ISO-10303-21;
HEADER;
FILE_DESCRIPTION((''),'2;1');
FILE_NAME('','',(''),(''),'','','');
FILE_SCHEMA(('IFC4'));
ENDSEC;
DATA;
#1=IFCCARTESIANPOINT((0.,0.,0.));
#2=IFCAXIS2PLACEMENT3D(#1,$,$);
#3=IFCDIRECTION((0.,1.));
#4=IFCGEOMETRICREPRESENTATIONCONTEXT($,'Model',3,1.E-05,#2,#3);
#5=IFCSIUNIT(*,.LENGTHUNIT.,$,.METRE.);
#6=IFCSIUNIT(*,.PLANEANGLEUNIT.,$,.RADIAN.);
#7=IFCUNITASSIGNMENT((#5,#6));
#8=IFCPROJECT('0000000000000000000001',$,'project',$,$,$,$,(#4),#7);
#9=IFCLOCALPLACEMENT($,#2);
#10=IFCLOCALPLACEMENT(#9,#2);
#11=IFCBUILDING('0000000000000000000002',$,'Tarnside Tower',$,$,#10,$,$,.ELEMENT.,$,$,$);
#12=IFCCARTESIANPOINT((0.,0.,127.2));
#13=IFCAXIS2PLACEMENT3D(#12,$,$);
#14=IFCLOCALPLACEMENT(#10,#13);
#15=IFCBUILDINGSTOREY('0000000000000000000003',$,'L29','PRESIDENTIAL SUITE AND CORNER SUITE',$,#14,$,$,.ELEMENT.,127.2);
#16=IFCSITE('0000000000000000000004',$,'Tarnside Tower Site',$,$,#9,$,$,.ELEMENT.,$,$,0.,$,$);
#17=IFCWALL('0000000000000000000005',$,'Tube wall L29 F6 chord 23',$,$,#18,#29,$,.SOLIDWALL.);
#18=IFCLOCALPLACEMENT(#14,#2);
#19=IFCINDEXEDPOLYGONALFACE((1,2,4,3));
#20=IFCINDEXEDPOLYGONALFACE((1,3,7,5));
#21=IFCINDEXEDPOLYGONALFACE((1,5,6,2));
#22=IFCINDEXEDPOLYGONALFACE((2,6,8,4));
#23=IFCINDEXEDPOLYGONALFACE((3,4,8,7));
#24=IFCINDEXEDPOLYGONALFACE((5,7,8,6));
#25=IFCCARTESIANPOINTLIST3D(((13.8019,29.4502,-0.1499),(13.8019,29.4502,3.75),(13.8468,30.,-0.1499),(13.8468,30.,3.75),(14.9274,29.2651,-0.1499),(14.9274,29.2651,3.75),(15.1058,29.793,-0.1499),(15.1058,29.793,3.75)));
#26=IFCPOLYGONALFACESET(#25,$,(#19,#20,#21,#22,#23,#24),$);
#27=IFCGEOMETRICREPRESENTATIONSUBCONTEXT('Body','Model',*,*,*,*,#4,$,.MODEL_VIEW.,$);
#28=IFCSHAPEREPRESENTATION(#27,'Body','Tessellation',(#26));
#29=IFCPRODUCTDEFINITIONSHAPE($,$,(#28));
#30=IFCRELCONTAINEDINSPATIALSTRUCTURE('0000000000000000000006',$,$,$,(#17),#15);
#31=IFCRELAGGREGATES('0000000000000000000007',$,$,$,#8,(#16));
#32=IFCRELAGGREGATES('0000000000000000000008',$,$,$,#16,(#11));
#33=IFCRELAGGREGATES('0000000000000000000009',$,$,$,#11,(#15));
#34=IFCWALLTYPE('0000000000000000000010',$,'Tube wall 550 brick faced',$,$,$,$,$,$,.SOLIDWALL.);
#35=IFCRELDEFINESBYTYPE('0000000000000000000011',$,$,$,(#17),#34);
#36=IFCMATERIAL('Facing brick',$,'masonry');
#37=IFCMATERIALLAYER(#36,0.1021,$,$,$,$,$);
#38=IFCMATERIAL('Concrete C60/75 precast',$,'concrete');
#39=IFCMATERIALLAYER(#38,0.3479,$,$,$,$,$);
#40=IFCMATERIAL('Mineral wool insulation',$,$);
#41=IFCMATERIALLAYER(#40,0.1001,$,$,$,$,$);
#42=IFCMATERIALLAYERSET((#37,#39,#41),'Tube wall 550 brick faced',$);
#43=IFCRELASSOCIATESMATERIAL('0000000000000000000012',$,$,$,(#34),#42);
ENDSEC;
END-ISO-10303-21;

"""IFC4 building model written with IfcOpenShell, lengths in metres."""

from ifc_helpers import new_model, si_unit, direction, frame, origin, place, context, subcontext, project, spatial, polyline, outline, extrude, material, layer, layer_set, type_object, element, save


model = new_model("IFC4")

# Units and contexts
model_context = context("Model", 3, precision=1e-05, world=origin(), true_north=direction((0.0, 1.0)))
body_context = subcontext(model_context, "Body", "Model", "MODEL_VIEW")
ifc_project = project(units=[si_unit("LENGTHUNIT", "METRE"), si_unit("PLANEANGLEUNIT", "RADIAN")], contexts=[model_context])

# Site, building, storey
site_placement = place(None, origin())
site = spatial("IfcSite", under=ifc_project, at=site_placement, Name="Tarnside Tower Site", CompositionType="ELEMENT", RefElevation=0.0)
building_placement = place(site_placement, origin())
building = spatial("IfcBuilding", under=site, at=building_placement, Name="Tarnside Tower", CompositionType="ELEMENT")
storey_placement = place(building_placement, frame((0.0, 0.0, 127.2)))
storey = spatial("IfcBuildingStorey", under=building, at=storey_placement, Name="L29", Description="PRESIDENTIAL SUITE AND CORNER SUITE", CompositionType="ELEMENT", Elevation=127.2)

# Shared definitions
ifc_material_1 = material(Name="Facing brick", Category="masonry")
ifc_layer_1 = layer(ifc_material_1, 0.1021)
ifc_material_2 = material(Name="Concrete C60/75 precast", Category="concrete")
ifc_layer_2 = layer(ifc_material_2, 0.3479)
ifc_material_3 = material(Name="Mineral wool insulation")
ifc_layer_3 = layer(ifc_material_3, 0.1001)
ifc_layer_set_1 = layer_set([ifc_layer_1, ifc_layer_2, ifc_layer_3], Name="Tube wall 550 brick faced")
wall_type_1 = type_object("IfcWallType", Name="Tube wall 550 brick faced", PredefinedType="SOLIDWALL", material=ifc_layer_set_1)

# Wall
wall_1_placement = place(storey_placement, frame((15.0166, 29.5291, -0.1499), z_axis=(0.0, 0.0, 1.0), x_axis=(-0.986747, 0.162269, 0.0)))
element("IfcWall", 1, at=wall_1_placement, inside=storey, type_object=wall_type_1, Name="Tube wall L29 F6 chord 23", PredefinedType="SOLIDWALL", context=body_context, shape_type="SweptSolid", body=[
    extrude(outline(polyline([(-0.0452, -0.2749), (1.2307, -0.2749), (1.1858, 0.2749), (0.0452, 0.2749), (-0.0452, -0.2749)])), origin(), (0.0, 0.0, 1.0), 3.8999),
])

save(model, "model.ifc")
